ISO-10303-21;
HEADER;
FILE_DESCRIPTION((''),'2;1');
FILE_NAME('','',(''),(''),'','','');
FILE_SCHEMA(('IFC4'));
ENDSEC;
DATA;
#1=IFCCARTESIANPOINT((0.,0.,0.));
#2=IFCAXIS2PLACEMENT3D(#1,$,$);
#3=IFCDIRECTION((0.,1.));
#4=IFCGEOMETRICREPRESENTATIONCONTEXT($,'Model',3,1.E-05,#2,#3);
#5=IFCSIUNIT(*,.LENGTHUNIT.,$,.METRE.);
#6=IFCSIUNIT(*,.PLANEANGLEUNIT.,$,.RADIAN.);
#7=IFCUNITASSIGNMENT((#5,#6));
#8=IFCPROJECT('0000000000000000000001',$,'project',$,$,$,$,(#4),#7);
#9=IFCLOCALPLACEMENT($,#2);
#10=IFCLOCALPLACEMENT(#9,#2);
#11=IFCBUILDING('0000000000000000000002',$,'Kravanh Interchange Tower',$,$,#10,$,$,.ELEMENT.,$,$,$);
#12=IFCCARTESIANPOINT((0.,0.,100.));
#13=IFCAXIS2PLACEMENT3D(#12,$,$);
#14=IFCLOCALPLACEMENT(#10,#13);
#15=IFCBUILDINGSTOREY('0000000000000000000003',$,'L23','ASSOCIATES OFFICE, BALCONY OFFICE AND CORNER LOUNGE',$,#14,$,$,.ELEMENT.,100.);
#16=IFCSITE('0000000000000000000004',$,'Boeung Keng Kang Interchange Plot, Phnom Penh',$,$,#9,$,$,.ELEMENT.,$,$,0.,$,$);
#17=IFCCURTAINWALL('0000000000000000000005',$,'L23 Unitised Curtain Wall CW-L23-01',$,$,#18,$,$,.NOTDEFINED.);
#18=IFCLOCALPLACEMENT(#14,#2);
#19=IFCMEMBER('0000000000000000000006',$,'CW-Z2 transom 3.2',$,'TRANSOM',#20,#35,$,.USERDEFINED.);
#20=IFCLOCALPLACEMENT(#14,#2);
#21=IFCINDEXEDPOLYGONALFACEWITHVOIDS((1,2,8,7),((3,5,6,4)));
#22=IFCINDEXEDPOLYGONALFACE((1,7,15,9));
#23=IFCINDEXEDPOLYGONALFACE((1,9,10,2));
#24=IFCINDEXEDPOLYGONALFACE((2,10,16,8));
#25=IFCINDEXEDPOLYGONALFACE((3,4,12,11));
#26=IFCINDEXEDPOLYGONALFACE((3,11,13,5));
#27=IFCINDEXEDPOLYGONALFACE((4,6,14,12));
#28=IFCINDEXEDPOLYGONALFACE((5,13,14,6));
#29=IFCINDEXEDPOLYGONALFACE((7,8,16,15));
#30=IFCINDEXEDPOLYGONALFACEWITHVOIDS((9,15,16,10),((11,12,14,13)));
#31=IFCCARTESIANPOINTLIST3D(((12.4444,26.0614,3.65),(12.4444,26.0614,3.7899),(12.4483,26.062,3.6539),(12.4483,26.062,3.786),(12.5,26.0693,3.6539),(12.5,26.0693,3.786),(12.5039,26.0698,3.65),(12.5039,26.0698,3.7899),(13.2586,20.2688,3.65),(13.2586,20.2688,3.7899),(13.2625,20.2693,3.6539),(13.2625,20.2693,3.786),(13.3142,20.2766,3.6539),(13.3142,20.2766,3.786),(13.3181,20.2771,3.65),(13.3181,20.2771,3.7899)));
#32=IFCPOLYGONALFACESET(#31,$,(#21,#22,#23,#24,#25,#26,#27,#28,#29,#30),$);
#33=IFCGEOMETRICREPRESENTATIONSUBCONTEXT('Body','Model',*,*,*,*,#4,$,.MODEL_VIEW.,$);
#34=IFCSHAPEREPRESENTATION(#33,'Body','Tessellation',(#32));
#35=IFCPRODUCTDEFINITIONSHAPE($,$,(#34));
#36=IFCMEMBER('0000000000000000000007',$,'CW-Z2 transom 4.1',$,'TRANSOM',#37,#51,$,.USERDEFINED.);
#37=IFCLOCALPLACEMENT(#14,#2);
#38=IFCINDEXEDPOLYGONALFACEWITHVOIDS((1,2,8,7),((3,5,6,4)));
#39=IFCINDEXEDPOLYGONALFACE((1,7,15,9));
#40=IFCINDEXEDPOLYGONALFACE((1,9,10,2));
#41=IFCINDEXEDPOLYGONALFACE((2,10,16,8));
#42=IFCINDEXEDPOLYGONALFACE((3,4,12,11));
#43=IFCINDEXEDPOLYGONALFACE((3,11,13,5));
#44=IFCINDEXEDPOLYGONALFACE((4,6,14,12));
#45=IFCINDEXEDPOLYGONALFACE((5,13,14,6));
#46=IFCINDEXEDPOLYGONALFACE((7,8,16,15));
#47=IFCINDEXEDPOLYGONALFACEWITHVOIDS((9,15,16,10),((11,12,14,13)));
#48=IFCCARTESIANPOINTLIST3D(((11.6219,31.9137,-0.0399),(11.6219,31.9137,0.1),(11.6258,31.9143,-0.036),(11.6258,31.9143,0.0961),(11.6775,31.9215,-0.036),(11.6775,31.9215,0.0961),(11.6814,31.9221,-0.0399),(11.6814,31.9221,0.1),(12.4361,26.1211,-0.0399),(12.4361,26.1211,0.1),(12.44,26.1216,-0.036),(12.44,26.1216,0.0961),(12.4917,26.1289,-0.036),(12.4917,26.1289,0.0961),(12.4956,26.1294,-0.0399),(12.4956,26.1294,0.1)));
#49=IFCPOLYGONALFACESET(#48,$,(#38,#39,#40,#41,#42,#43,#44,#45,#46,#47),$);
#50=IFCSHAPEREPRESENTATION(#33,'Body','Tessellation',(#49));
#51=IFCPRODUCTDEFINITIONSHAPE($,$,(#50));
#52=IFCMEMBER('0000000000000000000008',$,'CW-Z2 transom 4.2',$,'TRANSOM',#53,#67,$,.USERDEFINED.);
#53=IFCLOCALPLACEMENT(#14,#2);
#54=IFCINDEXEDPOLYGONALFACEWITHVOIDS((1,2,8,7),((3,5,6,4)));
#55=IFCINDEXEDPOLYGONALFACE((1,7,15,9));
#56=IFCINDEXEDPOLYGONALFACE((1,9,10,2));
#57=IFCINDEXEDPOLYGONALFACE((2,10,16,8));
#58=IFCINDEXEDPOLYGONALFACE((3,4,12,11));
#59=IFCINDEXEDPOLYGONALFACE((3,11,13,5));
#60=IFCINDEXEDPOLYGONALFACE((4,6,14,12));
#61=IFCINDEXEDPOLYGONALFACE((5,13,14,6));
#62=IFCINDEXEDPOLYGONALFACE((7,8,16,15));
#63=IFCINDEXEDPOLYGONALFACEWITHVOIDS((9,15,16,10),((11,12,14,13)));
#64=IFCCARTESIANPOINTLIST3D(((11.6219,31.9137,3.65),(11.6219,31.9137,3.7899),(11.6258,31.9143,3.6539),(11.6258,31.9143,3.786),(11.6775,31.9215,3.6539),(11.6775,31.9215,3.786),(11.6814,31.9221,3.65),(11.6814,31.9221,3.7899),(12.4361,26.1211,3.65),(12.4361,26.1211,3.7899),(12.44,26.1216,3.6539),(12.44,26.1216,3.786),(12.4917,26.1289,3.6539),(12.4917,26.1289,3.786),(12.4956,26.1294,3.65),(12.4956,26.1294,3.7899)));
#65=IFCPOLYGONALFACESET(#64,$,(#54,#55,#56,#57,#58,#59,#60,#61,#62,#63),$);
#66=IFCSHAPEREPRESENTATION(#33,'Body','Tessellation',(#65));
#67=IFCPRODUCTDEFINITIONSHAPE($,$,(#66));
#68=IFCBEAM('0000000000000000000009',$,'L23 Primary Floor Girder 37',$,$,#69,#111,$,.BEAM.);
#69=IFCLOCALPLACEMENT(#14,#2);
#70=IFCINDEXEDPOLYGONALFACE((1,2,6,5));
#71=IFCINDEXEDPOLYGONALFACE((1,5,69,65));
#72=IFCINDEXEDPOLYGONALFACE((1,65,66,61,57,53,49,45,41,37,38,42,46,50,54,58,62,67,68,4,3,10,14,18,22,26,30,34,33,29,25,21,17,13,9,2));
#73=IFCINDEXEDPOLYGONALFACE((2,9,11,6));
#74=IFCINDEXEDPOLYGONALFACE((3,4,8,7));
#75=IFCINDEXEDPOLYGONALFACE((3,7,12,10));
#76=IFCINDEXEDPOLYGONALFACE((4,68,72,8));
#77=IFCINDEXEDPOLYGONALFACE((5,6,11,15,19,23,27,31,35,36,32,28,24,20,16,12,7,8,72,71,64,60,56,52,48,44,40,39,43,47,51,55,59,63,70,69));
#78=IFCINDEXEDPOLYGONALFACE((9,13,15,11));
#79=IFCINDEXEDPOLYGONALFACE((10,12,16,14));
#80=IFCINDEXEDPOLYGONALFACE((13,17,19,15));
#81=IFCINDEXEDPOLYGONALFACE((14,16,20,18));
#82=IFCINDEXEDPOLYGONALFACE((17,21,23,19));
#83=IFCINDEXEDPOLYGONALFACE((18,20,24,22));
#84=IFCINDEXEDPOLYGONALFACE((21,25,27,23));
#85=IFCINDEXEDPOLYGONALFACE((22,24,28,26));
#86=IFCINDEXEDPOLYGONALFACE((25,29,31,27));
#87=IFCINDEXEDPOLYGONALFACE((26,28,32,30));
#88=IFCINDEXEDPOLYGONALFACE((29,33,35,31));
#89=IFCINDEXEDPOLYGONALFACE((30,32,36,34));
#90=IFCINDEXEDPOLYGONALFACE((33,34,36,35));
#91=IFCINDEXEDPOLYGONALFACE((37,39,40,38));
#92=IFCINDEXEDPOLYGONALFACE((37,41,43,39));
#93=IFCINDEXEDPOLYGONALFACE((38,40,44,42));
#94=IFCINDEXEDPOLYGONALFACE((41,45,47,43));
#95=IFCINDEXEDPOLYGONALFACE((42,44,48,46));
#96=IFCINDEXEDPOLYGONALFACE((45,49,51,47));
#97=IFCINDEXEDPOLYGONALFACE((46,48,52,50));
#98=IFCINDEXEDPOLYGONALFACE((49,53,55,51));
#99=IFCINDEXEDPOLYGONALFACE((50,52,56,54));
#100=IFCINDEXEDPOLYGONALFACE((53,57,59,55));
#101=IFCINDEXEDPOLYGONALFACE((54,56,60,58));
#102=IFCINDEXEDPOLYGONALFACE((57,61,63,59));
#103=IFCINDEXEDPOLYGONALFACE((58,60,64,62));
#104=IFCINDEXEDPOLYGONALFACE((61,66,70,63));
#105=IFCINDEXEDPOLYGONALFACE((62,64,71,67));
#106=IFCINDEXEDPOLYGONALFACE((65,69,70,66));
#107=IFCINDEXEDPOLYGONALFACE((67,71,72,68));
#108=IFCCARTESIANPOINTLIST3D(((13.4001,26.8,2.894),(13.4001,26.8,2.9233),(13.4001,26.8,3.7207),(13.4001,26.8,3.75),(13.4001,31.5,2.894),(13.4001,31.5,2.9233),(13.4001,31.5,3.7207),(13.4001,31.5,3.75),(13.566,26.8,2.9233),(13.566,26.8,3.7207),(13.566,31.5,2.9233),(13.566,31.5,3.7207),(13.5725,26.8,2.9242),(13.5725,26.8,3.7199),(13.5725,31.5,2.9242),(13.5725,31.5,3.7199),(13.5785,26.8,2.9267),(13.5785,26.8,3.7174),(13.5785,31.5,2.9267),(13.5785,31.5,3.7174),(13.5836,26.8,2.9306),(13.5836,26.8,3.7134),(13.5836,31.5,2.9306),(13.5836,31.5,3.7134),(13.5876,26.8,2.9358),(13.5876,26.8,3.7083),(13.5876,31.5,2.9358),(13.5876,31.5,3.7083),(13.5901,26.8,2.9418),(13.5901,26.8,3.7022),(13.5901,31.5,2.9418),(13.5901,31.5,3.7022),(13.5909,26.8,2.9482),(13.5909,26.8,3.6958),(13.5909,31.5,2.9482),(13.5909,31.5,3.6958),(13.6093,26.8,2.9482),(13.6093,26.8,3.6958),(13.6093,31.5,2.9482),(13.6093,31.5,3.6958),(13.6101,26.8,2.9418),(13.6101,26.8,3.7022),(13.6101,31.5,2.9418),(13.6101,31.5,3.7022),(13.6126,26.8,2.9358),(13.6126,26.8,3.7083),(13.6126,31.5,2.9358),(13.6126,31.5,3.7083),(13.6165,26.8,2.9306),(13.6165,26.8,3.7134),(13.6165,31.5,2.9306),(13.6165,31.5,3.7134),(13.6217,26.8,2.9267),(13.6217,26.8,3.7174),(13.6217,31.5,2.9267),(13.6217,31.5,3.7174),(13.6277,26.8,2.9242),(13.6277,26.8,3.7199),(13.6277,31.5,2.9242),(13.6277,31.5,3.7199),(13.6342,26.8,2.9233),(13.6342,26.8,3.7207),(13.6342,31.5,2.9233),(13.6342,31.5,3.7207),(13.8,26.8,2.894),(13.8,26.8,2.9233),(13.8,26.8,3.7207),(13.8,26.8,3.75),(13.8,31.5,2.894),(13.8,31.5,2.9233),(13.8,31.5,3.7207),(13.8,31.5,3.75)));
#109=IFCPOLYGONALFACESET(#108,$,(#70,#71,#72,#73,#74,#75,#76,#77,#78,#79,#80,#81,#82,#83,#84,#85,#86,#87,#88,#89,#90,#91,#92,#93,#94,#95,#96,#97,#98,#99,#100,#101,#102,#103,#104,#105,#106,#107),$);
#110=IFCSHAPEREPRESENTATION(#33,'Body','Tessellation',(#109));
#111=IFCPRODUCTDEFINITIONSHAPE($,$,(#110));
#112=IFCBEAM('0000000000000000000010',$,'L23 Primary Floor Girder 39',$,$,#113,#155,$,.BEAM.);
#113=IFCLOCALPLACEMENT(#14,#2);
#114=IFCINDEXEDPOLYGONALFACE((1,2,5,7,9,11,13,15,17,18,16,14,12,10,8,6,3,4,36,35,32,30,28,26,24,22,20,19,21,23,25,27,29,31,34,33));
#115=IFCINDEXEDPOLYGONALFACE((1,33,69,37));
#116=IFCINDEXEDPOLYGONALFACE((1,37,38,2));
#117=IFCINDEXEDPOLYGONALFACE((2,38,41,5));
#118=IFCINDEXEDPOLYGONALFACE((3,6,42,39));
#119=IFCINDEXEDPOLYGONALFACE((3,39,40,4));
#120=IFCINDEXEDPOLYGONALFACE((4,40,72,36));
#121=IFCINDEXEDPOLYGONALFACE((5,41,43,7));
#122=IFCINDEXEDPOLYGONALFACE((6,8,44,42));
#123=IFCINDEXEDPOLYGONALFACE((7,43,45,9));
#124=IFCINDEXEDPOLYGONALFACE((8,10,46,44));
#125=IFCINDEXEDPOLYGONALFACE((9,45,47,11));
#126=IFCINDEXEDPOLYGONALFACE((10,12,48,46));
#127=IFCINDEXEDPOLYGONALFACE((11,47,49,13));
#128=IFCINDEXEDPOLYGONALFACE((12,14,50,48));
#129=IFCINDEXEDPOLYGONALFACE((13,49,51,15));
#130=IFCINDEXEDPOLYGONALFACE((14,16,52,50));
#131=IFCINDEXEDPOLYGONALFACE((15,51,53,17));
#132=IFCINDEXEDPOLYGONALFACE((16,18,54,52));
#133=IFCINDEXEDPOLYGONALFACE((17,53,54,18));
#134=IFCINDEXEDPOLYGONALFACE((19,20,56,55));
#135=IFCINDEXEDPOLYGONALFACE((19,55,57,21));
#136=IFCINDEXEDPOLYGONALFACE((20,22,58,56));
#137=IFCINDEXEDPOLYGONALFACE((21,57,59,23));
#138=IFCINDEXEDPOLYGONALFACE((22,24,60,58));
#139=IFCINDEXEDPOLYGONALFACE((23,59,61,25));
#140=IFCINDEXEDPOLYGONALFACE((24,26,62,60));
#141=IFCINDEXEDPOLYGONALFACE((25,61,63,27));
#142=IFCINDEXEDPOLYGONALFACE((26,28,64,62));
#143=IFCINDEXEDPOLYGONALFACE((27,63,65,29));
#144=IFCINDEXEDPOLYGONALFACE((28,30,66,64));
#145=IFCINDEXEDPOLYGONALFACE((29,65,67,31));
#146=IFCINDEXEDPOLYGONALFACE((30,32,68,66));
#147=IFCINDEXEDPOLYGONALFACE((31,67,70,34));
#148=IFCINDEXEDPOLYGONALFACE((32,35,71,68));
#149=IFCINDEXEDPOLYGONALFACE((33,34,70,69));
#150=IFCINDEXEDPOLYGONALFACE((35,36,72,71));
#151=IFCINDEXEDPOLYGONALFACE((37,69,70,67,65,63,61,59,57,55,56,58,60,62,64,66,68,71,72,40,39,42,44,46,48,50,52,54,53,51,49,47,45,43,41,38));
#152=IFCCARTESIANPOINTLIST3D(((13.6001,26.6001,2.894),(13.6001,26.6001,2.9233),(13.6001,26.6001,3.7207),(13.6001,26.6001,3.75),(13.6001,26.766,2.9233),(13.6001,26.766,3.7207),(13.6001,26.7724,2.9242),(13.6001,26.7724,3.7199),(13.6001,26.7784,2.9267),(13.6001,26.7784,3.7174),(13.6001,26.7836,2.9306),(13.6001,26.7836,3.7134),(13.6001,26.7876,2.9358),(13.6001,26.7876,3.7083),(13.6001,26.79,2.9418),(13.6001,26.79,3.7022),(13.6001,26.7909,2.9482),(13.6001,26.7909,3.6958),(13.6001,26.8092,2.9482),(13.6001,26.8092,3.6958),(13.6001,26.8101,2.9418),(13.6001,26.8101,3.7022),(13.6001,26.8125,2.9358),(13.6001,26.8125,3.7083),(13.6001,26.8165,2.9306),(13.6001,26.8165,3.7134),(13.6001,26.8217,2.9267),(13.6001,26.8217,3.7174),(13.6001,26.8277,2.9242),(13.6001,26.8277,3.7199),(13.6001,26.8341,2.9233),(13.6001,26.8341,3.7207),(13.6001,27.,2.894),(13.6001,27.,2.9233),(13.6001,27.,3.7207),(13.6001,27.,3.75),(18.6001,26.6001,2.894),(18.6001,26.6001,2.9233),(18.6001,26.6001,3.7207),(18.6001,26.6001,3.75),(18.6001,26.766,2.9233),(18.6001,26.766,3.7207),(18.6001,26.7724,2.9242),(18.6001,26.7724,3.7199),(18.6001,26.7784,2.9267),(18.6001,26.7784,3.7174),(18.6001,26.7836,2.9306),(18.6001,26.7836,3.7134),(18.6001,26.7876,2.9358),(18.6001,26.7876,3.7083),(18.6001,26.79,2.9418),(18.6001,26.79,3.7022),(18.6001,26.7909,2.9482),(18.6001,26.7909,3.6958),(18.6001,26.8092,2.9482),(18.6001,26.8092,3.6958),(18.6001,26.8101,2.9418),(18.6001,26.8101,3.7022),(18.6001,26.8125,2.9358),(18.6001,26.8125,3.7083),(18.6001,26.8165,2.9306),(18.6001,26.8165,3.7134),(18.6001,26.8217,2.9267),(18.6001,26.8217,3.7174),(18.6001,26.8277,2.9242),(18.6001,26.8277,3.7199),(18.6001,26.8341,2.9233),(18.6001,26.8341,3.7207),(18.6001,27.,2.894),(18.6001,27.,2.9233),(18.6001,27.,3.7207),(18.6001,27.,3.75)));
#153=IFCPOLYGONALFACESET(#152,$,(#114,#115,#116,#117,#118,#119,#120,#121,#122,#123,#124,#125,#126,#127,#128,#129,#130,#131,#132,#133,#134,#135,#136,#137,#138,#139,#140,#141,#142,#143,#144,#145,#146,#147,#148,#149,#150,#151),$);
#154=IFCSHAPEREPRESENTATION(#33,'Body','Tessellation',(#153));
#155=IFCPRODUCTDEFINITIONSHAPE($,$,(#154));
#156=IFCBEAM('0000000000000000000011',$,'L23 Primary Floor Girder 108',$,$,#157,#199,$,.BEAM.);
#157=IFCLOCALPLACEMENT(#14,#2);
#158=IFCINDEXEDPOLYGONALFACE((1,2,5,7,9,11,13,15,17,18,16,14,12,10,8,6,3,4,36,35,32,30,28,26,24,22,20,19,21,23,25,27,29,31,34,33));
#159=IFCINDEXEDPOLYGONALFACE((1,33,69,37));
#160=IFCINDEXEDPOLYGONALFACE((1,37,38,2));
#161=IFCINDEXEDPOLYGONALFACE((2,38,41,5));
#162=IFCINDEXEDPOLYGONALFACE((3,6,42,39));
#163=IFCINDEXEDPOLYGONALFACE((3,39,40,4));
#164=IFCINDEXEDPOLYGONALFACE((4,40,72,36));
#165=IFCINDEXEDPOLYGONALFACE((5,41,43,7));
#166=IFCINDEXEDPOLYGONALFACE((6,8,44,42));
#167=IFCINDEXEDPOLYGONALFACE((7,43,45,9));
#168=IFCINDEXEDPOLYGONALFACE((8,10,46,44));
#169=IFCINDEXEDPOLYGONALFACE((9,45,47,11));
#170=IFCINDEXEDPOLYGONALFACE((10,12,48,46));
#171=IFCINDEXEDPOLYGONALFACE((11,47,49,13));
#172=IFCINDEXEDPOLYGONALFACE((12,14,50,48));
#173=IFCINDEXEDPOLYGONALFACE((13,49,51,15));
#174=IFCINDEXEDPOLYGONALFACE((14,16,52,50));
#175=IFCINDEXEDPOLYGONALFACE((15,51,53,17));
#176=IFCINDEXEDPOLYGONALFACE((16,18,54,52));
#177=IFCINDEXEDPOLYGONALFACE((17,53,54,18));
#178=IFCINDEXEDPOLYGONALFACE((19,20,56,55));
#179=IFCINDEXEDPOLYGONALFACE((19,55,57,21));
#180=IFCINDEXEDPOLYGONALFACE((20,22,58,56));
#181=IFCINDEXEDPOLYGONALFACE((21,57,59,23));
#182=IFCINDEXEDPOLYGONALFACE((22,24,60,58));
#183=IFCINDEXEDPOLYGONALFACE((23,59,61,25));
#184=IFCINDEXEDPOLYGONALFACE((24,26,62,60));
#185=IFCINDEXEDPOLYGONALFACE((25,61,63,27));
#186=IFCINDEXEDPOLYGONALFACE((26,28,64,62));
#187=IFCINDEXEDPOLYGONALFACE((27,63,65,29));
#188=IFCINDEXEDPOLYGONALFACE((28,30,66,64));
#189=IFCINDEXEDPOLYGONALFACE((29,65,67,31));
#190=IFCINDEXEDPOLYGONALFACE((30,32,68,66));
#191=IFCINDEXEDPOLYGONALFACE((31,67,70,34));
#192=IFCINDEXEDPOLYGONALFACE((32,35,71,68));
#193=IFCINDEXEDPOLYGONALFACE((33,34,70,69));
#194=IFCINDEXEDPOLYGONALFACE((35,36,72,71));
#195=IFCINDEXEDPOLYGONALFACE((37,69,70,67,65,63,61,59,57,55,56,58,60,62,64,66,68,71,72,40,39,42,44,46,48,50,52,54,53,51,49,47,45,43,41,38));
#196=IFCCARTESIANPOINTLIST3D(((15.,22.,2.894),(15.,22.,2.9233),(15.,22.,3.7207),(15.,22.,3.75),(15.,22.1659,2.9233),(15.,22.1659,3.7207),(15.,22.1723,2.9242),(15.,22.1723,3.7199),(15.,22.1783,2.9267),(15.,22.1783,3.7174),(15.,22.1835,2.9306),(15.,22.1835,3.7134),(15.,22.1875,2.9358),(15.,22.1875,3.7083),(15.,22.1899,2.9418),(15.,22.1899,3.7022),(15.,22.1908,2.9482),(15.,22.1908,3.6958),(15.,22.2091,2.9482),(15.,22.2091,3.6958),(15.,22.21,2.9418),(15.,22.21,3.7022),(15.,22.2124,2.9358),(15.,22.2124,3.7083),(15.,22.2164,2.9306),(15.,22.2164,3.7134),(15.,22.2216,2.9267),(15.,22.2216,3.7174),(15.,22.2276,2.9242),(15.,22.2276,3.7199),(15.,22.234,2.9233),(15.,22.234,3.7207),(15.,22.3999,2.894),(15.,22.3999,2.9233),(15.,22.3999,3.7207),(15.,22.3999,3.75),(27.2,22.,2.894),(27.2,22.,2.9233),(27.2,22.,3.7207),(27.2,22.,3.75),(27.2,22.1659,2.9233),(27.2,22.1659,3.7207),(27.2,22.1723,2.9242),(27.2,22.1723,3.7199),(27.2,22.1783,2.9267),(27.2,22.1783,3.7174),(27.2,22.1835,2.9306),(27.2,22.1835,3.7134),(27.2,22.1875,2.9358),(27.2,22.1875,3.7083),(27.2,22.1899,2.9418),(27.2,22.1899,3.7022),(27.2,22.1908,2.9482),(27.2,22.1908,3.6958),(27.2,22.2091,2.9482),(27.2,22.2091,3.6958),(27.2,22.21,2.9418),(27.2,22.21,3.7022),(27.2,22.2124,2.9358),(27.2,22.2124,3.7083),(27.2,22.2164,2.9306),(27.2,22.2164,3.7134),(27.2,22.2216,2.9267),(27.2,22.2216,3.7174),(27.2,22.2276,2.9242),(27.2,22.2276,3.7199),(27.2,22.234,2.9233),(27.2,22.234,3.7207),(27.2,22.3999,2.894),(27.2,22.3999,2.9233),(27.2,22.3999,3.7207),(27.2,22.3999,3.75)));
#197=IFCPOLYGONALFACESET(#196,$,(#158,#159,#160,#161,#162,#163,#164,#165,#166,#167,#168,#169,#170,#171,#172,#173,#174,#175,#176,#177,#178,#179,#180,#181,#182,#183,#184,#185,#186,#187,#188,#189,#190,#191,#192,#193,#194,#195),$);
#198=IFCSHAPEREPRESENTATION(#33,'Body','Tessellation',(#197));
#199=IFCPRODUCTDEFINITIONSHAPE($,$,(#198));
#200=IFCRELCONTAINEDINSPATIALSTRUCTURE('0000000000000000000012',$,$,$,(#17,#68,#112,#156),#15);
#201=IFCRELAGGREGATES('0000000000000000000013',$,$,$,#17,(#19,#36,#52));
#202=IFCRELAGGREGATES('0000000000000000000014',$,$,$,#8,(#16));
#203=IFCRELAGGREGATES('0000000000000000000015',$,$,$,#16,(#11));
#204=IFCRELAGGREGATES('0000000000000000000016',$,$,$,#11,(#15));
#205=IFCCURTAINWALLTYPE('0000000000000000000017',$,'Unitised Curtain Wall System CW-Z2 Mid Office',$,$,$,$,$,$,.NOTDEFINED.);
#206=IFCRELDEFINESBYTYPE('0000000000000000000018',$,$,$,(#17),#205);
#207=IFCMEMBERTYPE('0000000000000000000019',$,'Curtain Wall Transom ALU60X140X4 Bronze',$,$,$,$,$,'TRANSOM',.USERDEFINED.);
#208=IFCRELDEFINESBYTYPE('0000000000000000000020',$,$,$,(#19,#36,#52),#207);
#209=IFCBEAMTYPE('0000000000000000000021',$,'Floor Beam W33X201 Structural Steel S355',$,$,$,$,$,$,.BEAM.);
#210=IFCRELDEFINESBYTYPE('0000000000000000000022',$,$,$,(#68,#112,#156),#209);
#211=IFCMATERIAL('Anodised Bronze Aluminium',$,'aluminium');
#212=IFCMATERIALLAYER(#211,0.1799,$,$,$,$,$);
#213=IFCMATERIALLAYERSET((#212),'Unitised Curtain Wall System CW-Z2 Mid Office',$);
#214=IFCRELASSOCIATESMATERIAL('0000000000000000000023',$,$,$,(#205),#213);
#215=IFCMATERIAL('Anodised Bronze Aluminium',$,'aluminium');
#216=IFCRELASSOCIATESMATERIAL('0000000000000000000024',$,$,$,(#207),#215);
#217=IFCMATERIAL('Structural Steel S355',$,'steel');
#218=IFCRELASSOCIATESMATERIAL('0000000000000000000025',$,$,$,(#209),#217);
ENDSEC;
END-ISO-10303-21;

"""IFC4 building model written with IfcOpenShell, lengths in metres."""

from ifc_helpers import new_model, si_unit, direction, frame, origin, origin_2d, place, context, subcontext, project, spatial, hollow_rectangle, i_section, extrude, material, layer, layer_set, material_profile, profile_set, type_object, element, aggregate, save


model = new_model("IFC4")

# Units and contexts
model_context = context("Model", 3, precision=1e-05, world=origin(), true_north=direction((0.0, 1.0)))
body_context = subcontext(model_context, "Body", "Model", "MODEL_VIEW")
ifc_project = project(units=[si_unit("LENGTHUNIT", "METRE"), si_unit("PLANEANGLEUNIT", "RADIAN")], contexts=[model_context])

# Site, building, storey
site_placement = place(None, origin())
site = spatial("IfcSite", under=ifc_project, at=site_placement, Name="Boeung Keng Kang Interchange Plot, Phnom Penh", CompositionType="ELEMENT", RefElevation=0.0)
building_placement = place(site_placement, origin())
building = spatial("IfcBuilding", under=site, at=building_placement, Name="Kravanh Interchange Tower", CompositionType="ELEMENT")
storey_placement = place(building_placement, frame((0.0, 0.0, 100.0)))
storey = spatial("IfcBuildingStorey", under=building, at=storey_placement, Name="L23", Description="ASSOCIATES OFFICE, BALCONY OFFICE AND CORNER LOUNGE", CompositionType="ELEMENT", Elevation=100.0)

# Curtain wall, members
ifc_material_1 = material(Name="Anodised Bronze Aluminium", Category="aluminium")
ifc_layer_1 = layer(ifc_material_1, 0.1799)
ifc_layer_set_1 = layer_set([ifc_layer_1], Name="Unitised Curtain Wall System CW-Z2 Mid Office")
curtain_wall_type = type_object("IfcCurtainWallType", Name="Unitised Curtain Wall System CW-Z2 Mid Office", PredefinedType="NOTDEFINED", material=ifc_layer_set_1)
curtain_wall_placement = place(storey_placement, origin())
curtain_wall = element("IfcCurtainWall", 1, at=curtain_wall_placement, inside=storey, type_object=curtain_wall_type, Name="L23 Unitised Curtain Wall CW-L23-01", PredefinedType="NOTDEFINED")
ifc_material_2 = material(Name="Anodised Bronze Aluminium", Category="aluminium")
ifc_material_profile_1 = material_profile(ifc_material_2, hollow_rectangle(XDim=0.0601, YDim=0.1399, WallThickness=0.0039, at=origin_2d()), Name="ALU60X140X4")
ifc_profile_set_1 = profile_set([ifc_material_profile_1], Name="Anodised Bronze Aluminium")
member_type_1 = type_object("IfcMemberType", Name="Curtain Wall Transom ALU60X140X4 Bronze", ElementType="TRANSOM", PredefinedType="USERDEFINED", material=ifc_profile_set_1)
member_1_placement = place(storey_placement, frame((13.2883, 20.2729, 3.72), z_axis=(-0.139189, 0.990266, 0.0), x_axis=(-0.990266, -0.139189, 0.0)))
member_1 = element("IfcMember", 2, at=member_1_placement, type_object=member_type_1, Name="CW-Z2 transom 3.2", ObjectType="TRANSOM", PredefinedType="USERDEFINED", context=body_context, shape_type="SweptSolid", body=[
    extrude(hollow_rectangle(XDim=0.0601, YDim=0.1399, WallThickness=0.0039, at=origin_2d()), origin(), (0.0, 0.0, 1.0), 5.8496),
])
member_2_placement = place(storey_placement, frame((12.4658, 26.1252, 0.03), z_axis=(-0.139189, 0.990266, 0.0), x_axis=(-0.990266, -0.139189, 0.0)))
member_2 = element("IfcMember", 3, at=member_2_placement, type_object=member_type_1, Name="CW-Z2 transom 4.1", ObjectType="TRANSOM", PredefinedType="USERDEFINED", context=body_context, shape_type="SweptSolid", body=[
    extrude(hollow_rectangle(XDim=0.0601, YDim=0.1399, WallThickness=0.0039, at=origin_2d()), origin(), (0.0, 0.0, 1.0), 5.8496),
])
member_3_placement = place(storey_placement, frame((12.4658, 26.1252, 3.72), z_axis=(-0.139189, 0.990266, 0.0), x_axis=(-0.990266, -0.139189, 0.0)))
member_3 = element("IfcMember", 4, at=member_3_placement, type_object=member_type_1, Name="CW-Z2 transom 4.2", ObjectType="TRANSOM", PredefinedType="USERDEFINED", context=body_context, shape_type="SweptSolid", body=[
    extrude(hollow_rectangle(XDim=0.0601, YDim=0.1399, WallThickness=0.0039, at=origin_2d()), origin(), (0.0, 0.0, 1.0), 5.8496),
])

# Beams
ifc_material_3 = material(Name="Structural Steel S355", Category="steel")
ifc_material_profile_2 = material_profile(ifc_material_3, i_section(OverallWidth=0.3999, OverallDepth=0.856, WebThickness=0.0183, FlangeThickness=0.0293, FilletRadius=0.0249, at=origin_2d()), Name="W33X201")
ifc_profile_set_2 = profile_set([ifc_material_profile_2], Name="Structural Steel S355")
beam_type_1 = type_object("IfcBeamType", Name="Floor Beam W33X201 Structural Steel S355", PredefinedType="BEAM", material=ifc_profile_set_2)
beam_1_placement = place(storey_placement, frame((13.6001, 26.8, 3.322), z_axis=(0.0, 1.0, 0.0), x_axis=(-1.0, 0.0, 0.0)))
element("IfcBeam", 5, at=beam_1_placement, inside=storey, type_object=beam_type_1, Name="L23 Primary Floor Girder 37", PredefinedType="BEAM", context=body_context, shape_type="SweptSolid", body=[
    extrude(i_section(OverallWidth=0.3999, OverallDepth=0.856, WebThickness=0.0183, FlangeThickness=0.0293, FilletRadius=0.0249, at=origin_2d()), origin(), (0.0, 0.0, 1.0), 4.7),
])
beam_2_placement = place(storey_placement, frame((13.6001, 26.8, 3.322), z_axis=(1.0, 0.0, 0.0), x_axis=(0.0, 1.0, 0.0)))
element("IfcBeam", 6, at=beam_2_placement, inside=storey, type_object=beam_type_1, Name="L23 Primary Floor Girder 39", PredefinedType="BEAM", context=body_context, shape_type="SweptSolid", body=[
    extrude(i_section(OverallWidth=0.3999, OverallDepth=0.856, WebThickness=0.0183, FlangeThickness=0.0293, FilletRadius=0.0249, at=origin_2d()), origin(), (0.0, 0.0, 1.0), 5.0),
])
beam_3_placement = place(storey_placement, frame((15.0, 22.2, 3.322), z_axis=(1.0, 0.0, 0.0), x_axis=(0.0, 1.0, 0.0)))
element("IfcBeam", 7, at=beam_3_placement, inside=storey, type_object=beam_type_1, Name="L23 Primary Floor Girder 108", PredefinedType="BEAM", context=body_context, shape_type="SweptSolid", body=[
    extrude(i_section(OverallWidth=0.3999, OverallDepth=0.856, WebThickness=0.0183, FlangeThickness=0.0293, FilletRadius=0.0249, at=origin_2d()), origin(), (0.0, 0.0, 1.0), 12.2),
])

aggregate(curtain_wall, [member_1, member_2, member_3])

save(model, "model.ifc")
